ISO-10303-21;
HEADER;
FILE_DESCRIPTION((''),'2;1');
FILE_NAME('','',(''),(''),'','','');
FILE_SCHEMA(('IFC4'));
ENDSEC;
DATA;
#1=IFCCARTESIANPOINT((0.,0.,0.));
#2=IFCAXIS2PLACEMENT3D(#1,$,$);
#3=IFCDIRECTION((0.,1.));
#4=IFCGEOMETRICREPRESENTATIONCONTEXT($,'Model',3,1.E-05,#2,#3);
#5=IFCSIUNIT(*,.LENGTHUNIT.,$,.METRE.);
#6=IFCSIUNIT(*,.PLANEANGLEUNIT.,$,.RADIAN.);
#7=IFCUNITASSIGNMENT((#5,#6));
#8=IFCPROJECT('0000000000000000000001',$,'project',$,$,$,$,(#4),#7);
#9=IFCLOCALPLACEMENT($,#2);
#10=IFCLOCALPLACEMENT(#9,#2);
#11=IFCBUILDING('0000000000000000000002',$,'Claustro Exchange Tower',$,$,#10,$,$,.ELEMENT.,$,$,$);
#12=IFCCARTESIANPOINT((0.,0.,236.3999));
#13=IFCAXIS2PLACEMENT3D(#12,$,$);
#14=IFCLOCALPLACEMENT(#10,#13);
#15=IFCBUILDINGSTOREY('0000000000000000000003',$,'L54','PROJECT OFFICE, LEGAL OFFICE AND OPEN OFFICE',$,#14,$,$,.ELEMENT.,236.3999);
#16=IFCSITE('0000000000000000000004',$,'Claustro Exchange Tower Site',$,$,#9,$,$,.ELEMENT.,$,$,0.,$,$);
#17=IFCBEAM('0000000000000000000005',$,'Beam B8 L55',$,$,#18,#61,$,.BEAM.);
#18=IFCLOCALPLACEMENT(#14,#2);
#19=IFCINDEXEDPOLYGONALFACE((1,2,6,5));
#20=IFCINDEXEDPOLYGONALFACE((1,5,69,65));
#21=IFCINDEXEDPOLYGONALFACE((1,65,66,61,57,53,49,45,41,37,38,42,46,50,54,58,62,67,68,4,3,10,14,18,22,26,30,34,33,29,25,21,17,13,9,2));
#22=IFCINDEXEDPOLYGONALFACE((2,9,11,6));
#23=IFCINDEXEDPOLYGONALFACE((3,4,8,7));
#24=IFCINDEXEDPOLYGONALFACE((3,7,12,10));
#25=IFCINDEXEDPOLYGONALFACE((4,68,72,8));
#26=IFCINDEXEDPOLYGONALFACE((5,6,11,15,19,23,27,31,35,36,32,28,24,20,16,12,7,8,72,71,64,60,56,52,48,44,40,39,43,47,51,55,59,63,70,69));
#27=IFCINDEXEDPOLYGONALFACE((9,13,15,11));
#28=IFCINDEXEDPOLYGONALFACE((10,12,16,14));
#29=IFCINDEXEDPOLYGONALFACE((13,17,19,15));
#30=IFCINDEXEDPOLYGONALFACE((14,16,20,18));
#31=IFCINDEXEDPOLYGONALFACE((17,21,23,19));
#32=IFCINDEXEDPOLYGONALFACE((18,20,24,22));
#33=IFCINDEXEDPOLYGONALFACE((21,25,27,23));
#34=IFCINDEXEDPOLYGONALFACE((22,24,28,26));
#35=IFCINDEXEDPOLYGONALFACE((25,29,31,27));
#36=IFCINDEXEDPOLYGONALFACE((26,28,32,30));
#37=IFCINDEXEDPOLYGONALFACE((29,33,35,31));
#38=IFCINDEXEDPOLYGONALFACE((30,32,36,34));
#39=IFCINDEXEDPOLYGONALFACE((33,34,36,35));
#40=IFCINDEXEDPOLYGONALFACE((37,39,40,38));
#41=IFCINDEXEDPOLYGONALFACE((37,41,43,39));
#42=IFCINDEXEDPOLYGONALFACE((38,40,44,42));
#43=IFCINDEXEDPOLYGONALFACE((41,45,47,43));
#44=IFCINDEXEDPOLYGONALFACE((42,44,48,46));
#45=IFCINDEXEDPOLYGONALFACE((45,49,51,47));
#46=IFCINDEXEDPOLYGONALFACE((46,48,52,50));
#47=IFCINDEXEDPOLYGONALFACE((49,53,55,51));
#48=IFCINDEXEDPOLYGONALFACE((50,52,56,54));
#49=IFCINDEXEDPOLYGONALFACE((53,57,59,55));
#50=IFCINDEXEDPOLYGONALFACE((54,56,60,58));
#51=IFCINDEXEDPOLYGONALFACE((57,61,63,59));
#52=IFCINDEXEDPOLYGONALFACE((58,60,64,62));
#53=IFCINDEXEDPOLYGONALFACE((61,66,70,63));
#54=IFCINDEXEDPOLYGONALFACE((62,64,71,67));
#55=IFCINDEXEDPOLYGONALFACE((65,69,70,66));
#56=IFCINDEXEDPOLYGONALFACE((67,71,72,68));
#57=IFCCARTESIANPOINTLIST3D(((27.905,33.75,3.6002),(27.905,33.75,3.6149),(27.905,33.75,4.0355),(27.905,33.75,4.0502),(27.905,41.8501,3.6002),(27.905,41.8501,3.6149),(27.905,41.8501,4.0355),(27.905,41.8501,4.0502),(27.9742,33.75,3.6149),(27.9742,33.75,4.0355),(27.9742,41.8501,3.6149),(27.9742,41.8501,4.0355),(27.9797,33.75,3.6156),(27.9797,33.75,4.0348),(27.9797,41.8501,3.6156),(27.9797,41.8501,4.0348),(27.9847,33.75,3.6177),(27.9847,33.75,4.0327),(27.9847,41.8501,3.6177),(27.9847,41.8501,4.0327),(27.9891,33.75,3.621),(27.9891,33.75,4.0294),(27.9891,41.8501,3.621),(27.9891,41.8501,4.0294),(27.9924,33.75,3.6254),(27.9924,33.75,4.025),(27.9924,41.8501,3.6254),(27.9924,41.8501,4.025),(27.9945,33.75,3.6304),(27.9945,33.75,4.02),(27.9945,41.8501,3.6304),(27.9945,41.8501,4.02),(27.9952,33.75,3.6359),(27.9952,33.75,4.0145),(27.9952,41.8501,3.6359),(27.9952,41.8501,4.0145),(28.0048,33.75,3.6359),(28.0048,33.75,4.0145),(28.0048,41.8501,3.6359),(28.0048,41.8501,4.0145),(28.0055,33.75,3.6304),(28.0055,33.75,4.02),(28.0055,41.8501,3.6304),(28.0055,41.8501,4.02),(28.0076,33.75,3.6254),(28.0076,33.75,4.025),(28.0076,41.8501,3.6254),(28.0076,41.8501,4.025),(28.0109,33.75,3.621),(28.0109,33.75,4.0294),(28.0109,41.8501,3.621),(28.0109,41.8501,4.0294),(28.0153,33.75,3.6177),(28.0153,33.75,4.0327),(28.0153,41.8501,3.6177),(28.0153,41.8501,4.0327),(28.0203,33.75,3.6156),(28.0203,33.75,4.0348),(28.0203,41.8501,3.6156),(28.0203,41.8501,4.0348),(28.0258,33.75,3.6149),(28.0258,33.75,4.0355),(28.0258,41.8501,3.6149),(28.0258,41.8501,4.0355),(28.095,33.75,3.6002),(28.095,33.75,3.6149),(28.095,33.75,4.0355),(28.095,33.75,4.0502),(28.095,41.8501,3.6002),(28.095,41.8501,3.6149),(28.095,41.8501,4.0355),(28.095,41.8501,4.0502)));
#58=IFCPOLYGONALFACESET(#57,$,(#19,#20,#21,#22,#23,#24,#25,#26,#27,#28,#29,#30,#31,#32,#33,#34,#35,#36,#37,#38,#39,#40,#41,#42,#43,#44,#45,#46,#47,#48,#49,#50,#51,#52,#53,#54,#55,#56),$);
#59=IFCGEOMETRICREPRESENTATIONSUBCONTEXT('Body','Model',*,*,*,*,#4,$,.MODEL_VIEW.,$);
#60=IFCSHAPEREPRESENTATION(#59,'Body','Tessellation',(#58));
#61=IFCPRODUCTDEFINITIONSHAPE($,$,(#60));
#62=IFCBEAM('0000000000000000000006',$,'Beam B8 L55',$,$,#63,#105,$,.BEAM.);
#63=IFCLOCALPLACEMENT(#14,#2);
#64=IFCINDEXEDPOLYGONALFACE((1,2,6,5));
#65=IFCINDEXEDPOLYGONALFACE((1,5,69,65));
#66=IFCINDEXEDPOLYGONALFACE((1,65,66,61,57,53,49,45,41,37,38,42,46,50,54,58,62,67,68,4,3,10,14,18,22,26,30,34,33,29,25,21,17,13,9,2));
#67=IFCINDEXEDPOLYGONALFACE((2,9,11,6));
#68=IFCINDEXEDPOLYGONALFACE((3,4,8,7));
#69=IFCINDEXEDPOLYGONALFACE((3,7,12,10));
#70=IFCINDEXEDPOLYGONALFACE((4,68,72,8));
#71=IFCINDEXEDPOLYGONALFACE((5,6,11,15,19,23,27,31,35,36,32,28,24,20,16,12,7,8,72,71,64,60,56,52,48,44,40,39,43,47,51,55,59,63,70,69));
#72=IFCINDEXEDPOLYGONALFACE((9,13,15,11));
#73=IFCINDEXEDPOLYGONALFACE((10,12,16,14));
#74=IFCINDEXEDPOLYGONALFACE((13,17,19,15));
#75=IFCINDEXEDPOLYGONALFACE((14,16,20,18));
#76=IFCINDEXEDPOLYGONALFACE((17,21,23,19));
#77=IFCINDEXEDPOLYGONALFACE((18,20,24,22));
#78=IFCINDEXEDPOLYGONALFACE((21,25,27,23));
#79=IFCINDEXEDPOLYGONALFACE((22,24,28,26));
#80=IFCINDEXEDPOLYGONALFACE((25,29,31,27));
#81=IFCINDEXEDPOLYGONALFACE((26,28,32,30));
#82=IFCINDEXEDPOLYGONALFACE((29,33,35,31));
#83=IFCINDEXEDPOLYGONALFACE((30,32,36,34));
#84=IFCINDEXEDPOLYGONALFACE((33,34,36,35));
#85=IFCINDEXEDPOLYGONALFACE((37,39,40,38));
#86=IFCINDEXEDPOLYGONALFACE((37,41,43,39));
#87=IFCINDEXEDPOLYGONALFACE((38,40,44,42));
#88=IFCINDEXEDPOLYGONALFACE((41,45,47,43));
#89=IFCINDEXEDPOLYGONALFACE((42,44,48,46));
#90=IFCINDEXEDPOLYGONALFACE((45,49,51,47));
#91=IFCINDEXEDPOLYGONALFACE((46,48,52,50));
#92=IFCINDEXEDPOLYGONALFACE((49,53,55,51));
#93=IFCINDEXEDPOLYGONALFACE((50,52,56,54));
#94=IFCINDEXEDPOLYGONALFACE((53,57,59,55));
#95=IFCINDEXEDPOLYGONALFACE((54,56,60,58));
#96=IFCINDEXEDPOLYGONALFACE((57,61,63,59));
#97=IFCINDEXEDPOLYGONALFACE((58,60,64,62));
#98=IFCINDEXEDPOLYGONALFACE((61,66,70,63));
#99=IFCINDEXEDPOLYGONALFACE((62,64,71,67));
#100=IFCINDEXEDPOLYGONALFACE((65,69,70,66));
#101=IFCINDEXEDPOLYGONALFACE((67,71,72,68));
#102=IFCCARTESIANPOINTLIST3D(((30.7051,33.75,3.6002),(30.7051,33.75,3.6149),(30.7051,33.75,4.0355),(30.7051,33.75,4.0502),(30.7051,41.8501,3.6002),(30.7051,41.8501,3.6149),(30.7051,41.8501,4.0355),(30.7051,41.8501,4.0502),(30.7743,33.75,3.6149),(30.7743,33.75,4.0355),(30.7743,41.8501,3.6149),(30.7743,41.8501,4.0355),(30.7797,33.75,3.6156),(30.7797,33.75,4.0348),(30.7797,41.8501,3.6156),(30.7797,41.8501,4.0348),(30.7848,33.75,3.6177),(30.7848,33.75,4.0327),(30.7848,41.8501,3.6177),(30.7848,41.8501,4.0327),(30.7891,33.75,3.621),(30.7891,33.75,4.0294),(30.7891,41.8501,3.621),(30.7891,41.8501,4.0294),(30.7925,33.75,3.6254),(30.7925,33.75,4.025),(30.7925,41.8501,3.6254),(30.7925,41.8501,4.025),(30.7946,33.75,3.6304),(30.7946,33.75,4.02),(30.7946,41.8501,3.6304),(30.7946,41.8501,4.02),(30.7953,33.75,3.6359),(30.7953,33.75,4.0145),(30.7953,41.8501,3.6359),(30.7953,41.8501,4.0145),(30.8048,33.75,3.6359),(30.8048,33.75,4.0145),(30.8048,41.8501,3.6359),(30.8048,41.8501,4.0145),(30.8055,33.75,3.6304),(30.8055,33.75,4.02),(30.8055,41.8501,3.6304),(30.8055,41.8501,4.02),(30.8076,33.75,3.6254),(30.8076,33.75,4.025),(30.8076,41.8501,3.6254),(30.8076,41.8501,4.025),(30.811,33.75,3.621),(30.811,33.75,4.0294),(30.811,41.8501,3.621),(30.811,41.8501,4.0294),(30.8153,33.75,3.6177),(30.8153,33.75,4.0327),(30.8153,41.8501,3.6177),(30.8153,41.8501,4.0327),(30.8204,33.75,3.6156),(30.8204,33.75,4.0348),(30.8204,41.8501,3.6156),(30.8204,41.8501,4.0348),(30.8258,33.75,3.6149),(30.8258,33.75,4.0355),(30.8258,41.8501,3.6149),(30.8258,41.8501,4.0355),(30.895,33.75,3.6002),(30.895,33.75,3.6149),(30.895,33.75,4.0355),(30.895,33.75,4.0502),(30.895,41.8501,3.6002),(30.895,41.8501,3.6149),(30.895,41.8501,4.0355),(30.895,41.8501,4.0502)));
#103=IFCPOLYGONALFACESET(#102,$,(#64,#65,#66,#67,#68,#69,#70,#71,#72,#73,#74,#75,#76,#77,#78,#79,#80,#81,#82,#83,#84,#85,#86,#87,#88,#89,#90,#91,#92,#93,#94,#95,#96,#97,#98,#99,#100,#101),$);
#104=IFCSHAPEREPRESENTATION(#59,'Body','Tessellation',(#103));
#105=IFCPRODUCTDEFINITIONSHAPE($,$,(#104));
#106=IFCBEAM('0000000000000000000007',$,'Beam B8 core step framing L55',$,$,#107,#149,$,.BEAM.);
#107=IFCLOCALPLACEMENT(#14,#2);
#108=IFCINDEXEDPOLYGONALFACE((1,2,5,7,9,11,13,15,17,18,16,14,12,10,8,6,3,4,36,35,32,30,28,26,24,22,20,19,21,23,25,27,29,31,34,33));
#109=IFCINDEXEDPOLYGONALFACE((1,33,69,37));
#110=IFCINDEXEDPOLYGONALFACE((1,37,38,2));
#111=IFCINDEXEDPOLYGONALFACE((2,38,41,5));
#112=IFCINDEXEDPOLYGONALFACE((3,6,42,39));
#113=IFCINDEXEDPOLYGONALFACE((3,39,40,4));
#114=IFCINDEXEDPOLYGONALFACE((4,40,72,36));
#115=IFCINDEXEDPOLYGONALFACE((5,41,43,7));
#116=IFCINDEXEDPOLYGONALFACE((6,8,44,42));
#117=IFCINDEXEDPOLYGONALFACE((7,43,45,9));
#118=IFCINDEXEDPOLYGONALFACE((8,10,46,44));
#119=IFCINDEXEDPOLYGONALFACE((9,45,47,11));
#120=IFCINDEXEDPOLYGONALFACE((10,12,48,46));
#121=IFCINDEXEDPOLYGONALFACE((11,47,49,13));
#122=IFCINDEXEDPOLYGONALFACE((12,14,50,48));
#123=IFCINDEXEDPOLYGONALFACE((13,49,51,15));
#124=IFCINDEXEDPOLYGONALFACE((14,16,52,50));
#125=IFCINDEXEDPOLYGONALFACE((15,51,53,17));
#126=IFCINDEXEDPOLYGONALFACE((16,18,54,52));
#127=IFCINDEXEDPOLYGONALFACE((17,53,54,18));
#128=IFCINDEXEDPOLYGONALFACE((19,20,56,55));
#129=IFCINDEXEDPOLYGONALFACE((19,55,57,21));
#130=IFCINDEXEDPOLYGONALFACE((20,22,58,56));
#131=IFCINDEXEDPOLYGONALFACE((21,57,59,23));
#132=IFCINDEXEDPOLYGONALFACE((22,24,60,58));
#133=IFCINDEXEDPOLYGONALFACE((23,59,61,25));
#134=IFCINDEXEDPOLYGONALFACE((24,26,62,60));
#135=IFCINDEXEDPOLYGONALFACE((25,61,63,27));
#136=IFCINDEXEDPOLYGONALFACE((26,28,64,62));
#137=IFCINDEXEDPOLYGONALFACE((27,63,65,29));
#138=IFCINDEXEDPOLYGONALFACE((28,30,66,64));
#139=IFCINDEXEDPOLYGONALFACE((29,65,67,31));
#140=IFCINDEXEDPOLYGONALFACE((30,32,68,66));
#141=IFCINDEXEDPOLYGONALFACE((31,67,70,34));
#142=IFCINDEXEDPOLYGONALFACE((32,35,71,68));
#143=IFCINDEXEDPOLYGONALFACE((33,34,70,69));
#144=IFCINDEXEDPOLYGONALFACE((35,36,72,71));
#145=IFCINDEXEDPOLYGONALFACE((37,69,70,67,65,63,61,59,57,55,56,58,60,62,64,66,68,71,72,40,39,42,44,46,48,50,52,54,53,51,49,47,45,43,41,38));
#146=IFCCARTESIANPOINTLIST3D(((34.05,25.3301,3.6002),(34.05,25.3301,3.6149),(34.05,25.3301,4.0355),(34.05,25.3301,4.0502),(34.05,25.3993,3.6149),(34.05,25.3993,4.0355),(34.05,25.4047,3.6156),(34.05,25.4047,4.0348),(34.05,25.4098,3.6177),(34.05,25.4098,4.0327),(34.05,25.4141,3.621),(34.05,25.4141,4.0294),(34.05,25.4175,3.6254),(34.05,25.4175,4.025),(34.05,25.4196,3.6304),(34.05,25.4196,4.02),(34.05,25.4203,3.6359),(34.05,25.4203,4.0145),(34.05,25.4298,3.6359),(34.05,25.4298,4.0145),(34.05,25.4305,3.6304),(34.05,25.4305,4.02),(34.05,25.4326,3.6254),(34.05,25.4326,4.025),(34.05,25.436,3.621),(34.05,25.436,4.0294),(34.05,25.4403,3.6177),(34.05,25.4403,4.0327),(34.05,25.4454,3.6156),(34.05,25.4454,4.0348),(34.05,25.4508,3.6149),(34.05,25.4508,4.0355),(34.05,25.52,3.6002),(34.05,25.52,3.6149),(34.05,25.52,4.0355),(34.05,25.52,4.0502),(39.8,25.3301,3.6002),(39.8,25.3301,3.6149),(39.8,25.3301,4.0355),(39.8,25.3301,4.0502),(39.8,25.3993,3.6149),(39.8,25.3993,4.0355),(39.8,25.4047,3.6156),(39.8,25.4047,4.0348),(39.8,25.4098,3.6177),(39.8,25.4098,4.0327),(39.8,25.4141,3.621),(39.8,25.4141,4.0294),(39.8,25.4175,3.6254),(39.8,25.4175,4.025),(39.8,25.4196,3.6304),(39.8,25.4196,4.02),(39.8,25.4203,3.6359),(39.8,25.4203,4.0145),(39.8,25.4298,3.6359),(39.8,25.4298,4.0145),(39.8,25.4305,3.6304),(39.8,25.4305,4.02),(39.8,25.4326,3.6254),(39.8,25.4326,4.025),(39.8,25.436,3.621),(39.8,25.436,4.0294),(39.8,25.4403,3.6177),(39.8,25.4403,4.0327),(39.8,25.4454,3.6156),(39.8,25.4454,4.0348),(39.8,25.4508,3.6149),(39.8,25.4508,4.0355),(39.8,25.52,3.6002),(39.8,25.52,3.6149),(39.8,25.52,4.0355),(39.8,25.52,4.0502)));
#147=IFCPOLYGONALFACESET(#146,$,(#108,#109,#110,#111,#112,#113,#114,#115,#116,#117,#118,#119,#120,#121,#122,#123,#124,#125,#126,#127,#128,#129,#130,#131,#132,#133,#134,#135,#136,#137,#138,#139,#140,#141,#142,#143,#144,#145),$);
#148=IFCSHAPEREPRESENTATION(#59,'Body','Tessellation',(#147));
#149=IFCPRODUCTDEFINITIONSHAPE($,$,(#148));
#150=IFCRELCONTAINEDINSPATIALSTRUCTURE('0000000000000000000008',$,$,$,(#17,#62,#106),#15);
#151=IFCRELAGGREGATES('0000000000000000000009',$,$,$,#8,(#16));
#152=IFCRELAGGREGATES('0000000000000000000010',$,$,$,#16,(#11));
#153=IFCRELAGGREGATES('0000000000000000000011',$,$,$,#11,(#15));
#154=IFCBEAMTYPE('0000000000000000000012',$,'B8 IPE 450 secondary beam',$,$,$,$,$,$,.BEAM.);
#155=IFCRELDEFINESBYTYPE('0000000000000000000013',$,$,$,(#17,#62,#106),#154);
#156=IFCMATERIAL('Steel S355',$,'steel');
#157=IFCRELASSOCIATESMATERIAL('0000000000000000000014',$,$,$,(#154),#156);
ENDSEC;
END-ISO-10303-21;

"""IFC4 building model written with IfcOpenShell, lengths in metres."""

from ifc_helpers import new_model, si_unit, direction, frame, origin, origin_2d, place, context, subcontext, project, spatial, i_section, extrude, material, material_profile, profile_set, type_object, element, save


model = new_model("IFC4")

# Units and contexts
model_context = context("Model", 3, precision=1e-05, world=origin(), true_north=direction((0.0, 1.0)))
body_context = subcontext(model_context, "Body", "Model", "MODEL_VIEW")
ifc_project = project(units=[si_unit("LENGTHUNIT", "METRE"), si_unit("PLANEANGLEUNIT", "RADIAN")], contexts=[model_context])

# Site, building, storey
site_placement = place(None, origin())
site = spatial("IfcSite", under=ifc_project, at=site_placement, Name="Claustro Exchange Tower Site", CompositionType="ELEMENT", RefElevation=0.0)
building_placement = place(site_placement, origin())
building = spatial("IfcBuilding", under=site, at=building_placement, Name="Claustro Exchange Tower", CompositionType="ELEMENT")
storey_placement = place(building_placement, frame((0.0, 0.0, 236.3999)))
storey = spatial("IfcBuildingStorey", under=building, at=storey_placement, Name="L54", Description="PROJECT OFFICE, LEGAL OFFICE AND OPEN OFFICE", CompositionType="ELEMENT", Elevation=236.3999)

# Beams
ifc_material_1 = material(Name="Steel S355", Category="steel")
ifc_material_profile_1 = material_profile(ifc_material_1, i_section(OverallWidth=0.1899, OverallDepth=0.45, WebThickness=0.0095, FlangeThickness=0.0146, FilletRadius=0.021, at=origin_2d()), Name="IPE 450")
ifc_profile_set_1 = profile_set([ifc_material_profile_1], Name="Steel S355")
beam_type_1 = type_object("IfcBeamType", Name="B8 IPE 450 secondary beam", PredefinedType="BEAM", material=ifc_profile_set_1)
for number, where, z_axis, x_axis, name in (
    (1, (28.0, 33.75, 3.8252), (0.0, 1.0, 0.0), (-1.0, 0.0, 0.0), "Beam B8 L55"),
    (2, (30.8, 33.75, 3.8252), (0.0, 1.0, 0.0), (-1.0, 0.0, 0.0), "Beam B8 L55"),
):
    element("IfcBeam", number, at=place(storey_placement, frame(where, z_axis=z_axis, x_axis=x_axis)), inside=storey, type_object=beam_type_1, Name=name, PredefinedType="BEAM", context=body_context, shape_type="SweptSolid", body=[
        extrude(i_section(OverallWidth=0.1899, OverallDepth=0.45, WebThickness=0.0095, FlangeThickness=0.0146, FilletRadius=0.021, at=origin_2d()), origin(), (0.0, 0.0, 1.0), 8.1001),
    ])
beam_1_placement = place(storey_placement, frame((34.05, 25.425, 3.8252), z_axis=(1.0, 0.0, 0.0), x_axis=(0.0, 1.0, 0.0)))
element("IfcBeam", 3, at=beam_1_placement, inside=storey, type_object=beam_type_1, Name="Beam B8 core step framing L55", PredefinedType="BEAM", context=body_context, shape_type="SweptSolid", body=[
    extrude(i_section(OverallWidth=0.1899, OverallDepth=0.45, WebThickness=0.0095, FlangeThickness=0.0146, FilletRadius=0.021, at=origin_2d()), origin(), (0.0, 0.0, 1.0), 5.75),
])

save(model, "model.ifc")
